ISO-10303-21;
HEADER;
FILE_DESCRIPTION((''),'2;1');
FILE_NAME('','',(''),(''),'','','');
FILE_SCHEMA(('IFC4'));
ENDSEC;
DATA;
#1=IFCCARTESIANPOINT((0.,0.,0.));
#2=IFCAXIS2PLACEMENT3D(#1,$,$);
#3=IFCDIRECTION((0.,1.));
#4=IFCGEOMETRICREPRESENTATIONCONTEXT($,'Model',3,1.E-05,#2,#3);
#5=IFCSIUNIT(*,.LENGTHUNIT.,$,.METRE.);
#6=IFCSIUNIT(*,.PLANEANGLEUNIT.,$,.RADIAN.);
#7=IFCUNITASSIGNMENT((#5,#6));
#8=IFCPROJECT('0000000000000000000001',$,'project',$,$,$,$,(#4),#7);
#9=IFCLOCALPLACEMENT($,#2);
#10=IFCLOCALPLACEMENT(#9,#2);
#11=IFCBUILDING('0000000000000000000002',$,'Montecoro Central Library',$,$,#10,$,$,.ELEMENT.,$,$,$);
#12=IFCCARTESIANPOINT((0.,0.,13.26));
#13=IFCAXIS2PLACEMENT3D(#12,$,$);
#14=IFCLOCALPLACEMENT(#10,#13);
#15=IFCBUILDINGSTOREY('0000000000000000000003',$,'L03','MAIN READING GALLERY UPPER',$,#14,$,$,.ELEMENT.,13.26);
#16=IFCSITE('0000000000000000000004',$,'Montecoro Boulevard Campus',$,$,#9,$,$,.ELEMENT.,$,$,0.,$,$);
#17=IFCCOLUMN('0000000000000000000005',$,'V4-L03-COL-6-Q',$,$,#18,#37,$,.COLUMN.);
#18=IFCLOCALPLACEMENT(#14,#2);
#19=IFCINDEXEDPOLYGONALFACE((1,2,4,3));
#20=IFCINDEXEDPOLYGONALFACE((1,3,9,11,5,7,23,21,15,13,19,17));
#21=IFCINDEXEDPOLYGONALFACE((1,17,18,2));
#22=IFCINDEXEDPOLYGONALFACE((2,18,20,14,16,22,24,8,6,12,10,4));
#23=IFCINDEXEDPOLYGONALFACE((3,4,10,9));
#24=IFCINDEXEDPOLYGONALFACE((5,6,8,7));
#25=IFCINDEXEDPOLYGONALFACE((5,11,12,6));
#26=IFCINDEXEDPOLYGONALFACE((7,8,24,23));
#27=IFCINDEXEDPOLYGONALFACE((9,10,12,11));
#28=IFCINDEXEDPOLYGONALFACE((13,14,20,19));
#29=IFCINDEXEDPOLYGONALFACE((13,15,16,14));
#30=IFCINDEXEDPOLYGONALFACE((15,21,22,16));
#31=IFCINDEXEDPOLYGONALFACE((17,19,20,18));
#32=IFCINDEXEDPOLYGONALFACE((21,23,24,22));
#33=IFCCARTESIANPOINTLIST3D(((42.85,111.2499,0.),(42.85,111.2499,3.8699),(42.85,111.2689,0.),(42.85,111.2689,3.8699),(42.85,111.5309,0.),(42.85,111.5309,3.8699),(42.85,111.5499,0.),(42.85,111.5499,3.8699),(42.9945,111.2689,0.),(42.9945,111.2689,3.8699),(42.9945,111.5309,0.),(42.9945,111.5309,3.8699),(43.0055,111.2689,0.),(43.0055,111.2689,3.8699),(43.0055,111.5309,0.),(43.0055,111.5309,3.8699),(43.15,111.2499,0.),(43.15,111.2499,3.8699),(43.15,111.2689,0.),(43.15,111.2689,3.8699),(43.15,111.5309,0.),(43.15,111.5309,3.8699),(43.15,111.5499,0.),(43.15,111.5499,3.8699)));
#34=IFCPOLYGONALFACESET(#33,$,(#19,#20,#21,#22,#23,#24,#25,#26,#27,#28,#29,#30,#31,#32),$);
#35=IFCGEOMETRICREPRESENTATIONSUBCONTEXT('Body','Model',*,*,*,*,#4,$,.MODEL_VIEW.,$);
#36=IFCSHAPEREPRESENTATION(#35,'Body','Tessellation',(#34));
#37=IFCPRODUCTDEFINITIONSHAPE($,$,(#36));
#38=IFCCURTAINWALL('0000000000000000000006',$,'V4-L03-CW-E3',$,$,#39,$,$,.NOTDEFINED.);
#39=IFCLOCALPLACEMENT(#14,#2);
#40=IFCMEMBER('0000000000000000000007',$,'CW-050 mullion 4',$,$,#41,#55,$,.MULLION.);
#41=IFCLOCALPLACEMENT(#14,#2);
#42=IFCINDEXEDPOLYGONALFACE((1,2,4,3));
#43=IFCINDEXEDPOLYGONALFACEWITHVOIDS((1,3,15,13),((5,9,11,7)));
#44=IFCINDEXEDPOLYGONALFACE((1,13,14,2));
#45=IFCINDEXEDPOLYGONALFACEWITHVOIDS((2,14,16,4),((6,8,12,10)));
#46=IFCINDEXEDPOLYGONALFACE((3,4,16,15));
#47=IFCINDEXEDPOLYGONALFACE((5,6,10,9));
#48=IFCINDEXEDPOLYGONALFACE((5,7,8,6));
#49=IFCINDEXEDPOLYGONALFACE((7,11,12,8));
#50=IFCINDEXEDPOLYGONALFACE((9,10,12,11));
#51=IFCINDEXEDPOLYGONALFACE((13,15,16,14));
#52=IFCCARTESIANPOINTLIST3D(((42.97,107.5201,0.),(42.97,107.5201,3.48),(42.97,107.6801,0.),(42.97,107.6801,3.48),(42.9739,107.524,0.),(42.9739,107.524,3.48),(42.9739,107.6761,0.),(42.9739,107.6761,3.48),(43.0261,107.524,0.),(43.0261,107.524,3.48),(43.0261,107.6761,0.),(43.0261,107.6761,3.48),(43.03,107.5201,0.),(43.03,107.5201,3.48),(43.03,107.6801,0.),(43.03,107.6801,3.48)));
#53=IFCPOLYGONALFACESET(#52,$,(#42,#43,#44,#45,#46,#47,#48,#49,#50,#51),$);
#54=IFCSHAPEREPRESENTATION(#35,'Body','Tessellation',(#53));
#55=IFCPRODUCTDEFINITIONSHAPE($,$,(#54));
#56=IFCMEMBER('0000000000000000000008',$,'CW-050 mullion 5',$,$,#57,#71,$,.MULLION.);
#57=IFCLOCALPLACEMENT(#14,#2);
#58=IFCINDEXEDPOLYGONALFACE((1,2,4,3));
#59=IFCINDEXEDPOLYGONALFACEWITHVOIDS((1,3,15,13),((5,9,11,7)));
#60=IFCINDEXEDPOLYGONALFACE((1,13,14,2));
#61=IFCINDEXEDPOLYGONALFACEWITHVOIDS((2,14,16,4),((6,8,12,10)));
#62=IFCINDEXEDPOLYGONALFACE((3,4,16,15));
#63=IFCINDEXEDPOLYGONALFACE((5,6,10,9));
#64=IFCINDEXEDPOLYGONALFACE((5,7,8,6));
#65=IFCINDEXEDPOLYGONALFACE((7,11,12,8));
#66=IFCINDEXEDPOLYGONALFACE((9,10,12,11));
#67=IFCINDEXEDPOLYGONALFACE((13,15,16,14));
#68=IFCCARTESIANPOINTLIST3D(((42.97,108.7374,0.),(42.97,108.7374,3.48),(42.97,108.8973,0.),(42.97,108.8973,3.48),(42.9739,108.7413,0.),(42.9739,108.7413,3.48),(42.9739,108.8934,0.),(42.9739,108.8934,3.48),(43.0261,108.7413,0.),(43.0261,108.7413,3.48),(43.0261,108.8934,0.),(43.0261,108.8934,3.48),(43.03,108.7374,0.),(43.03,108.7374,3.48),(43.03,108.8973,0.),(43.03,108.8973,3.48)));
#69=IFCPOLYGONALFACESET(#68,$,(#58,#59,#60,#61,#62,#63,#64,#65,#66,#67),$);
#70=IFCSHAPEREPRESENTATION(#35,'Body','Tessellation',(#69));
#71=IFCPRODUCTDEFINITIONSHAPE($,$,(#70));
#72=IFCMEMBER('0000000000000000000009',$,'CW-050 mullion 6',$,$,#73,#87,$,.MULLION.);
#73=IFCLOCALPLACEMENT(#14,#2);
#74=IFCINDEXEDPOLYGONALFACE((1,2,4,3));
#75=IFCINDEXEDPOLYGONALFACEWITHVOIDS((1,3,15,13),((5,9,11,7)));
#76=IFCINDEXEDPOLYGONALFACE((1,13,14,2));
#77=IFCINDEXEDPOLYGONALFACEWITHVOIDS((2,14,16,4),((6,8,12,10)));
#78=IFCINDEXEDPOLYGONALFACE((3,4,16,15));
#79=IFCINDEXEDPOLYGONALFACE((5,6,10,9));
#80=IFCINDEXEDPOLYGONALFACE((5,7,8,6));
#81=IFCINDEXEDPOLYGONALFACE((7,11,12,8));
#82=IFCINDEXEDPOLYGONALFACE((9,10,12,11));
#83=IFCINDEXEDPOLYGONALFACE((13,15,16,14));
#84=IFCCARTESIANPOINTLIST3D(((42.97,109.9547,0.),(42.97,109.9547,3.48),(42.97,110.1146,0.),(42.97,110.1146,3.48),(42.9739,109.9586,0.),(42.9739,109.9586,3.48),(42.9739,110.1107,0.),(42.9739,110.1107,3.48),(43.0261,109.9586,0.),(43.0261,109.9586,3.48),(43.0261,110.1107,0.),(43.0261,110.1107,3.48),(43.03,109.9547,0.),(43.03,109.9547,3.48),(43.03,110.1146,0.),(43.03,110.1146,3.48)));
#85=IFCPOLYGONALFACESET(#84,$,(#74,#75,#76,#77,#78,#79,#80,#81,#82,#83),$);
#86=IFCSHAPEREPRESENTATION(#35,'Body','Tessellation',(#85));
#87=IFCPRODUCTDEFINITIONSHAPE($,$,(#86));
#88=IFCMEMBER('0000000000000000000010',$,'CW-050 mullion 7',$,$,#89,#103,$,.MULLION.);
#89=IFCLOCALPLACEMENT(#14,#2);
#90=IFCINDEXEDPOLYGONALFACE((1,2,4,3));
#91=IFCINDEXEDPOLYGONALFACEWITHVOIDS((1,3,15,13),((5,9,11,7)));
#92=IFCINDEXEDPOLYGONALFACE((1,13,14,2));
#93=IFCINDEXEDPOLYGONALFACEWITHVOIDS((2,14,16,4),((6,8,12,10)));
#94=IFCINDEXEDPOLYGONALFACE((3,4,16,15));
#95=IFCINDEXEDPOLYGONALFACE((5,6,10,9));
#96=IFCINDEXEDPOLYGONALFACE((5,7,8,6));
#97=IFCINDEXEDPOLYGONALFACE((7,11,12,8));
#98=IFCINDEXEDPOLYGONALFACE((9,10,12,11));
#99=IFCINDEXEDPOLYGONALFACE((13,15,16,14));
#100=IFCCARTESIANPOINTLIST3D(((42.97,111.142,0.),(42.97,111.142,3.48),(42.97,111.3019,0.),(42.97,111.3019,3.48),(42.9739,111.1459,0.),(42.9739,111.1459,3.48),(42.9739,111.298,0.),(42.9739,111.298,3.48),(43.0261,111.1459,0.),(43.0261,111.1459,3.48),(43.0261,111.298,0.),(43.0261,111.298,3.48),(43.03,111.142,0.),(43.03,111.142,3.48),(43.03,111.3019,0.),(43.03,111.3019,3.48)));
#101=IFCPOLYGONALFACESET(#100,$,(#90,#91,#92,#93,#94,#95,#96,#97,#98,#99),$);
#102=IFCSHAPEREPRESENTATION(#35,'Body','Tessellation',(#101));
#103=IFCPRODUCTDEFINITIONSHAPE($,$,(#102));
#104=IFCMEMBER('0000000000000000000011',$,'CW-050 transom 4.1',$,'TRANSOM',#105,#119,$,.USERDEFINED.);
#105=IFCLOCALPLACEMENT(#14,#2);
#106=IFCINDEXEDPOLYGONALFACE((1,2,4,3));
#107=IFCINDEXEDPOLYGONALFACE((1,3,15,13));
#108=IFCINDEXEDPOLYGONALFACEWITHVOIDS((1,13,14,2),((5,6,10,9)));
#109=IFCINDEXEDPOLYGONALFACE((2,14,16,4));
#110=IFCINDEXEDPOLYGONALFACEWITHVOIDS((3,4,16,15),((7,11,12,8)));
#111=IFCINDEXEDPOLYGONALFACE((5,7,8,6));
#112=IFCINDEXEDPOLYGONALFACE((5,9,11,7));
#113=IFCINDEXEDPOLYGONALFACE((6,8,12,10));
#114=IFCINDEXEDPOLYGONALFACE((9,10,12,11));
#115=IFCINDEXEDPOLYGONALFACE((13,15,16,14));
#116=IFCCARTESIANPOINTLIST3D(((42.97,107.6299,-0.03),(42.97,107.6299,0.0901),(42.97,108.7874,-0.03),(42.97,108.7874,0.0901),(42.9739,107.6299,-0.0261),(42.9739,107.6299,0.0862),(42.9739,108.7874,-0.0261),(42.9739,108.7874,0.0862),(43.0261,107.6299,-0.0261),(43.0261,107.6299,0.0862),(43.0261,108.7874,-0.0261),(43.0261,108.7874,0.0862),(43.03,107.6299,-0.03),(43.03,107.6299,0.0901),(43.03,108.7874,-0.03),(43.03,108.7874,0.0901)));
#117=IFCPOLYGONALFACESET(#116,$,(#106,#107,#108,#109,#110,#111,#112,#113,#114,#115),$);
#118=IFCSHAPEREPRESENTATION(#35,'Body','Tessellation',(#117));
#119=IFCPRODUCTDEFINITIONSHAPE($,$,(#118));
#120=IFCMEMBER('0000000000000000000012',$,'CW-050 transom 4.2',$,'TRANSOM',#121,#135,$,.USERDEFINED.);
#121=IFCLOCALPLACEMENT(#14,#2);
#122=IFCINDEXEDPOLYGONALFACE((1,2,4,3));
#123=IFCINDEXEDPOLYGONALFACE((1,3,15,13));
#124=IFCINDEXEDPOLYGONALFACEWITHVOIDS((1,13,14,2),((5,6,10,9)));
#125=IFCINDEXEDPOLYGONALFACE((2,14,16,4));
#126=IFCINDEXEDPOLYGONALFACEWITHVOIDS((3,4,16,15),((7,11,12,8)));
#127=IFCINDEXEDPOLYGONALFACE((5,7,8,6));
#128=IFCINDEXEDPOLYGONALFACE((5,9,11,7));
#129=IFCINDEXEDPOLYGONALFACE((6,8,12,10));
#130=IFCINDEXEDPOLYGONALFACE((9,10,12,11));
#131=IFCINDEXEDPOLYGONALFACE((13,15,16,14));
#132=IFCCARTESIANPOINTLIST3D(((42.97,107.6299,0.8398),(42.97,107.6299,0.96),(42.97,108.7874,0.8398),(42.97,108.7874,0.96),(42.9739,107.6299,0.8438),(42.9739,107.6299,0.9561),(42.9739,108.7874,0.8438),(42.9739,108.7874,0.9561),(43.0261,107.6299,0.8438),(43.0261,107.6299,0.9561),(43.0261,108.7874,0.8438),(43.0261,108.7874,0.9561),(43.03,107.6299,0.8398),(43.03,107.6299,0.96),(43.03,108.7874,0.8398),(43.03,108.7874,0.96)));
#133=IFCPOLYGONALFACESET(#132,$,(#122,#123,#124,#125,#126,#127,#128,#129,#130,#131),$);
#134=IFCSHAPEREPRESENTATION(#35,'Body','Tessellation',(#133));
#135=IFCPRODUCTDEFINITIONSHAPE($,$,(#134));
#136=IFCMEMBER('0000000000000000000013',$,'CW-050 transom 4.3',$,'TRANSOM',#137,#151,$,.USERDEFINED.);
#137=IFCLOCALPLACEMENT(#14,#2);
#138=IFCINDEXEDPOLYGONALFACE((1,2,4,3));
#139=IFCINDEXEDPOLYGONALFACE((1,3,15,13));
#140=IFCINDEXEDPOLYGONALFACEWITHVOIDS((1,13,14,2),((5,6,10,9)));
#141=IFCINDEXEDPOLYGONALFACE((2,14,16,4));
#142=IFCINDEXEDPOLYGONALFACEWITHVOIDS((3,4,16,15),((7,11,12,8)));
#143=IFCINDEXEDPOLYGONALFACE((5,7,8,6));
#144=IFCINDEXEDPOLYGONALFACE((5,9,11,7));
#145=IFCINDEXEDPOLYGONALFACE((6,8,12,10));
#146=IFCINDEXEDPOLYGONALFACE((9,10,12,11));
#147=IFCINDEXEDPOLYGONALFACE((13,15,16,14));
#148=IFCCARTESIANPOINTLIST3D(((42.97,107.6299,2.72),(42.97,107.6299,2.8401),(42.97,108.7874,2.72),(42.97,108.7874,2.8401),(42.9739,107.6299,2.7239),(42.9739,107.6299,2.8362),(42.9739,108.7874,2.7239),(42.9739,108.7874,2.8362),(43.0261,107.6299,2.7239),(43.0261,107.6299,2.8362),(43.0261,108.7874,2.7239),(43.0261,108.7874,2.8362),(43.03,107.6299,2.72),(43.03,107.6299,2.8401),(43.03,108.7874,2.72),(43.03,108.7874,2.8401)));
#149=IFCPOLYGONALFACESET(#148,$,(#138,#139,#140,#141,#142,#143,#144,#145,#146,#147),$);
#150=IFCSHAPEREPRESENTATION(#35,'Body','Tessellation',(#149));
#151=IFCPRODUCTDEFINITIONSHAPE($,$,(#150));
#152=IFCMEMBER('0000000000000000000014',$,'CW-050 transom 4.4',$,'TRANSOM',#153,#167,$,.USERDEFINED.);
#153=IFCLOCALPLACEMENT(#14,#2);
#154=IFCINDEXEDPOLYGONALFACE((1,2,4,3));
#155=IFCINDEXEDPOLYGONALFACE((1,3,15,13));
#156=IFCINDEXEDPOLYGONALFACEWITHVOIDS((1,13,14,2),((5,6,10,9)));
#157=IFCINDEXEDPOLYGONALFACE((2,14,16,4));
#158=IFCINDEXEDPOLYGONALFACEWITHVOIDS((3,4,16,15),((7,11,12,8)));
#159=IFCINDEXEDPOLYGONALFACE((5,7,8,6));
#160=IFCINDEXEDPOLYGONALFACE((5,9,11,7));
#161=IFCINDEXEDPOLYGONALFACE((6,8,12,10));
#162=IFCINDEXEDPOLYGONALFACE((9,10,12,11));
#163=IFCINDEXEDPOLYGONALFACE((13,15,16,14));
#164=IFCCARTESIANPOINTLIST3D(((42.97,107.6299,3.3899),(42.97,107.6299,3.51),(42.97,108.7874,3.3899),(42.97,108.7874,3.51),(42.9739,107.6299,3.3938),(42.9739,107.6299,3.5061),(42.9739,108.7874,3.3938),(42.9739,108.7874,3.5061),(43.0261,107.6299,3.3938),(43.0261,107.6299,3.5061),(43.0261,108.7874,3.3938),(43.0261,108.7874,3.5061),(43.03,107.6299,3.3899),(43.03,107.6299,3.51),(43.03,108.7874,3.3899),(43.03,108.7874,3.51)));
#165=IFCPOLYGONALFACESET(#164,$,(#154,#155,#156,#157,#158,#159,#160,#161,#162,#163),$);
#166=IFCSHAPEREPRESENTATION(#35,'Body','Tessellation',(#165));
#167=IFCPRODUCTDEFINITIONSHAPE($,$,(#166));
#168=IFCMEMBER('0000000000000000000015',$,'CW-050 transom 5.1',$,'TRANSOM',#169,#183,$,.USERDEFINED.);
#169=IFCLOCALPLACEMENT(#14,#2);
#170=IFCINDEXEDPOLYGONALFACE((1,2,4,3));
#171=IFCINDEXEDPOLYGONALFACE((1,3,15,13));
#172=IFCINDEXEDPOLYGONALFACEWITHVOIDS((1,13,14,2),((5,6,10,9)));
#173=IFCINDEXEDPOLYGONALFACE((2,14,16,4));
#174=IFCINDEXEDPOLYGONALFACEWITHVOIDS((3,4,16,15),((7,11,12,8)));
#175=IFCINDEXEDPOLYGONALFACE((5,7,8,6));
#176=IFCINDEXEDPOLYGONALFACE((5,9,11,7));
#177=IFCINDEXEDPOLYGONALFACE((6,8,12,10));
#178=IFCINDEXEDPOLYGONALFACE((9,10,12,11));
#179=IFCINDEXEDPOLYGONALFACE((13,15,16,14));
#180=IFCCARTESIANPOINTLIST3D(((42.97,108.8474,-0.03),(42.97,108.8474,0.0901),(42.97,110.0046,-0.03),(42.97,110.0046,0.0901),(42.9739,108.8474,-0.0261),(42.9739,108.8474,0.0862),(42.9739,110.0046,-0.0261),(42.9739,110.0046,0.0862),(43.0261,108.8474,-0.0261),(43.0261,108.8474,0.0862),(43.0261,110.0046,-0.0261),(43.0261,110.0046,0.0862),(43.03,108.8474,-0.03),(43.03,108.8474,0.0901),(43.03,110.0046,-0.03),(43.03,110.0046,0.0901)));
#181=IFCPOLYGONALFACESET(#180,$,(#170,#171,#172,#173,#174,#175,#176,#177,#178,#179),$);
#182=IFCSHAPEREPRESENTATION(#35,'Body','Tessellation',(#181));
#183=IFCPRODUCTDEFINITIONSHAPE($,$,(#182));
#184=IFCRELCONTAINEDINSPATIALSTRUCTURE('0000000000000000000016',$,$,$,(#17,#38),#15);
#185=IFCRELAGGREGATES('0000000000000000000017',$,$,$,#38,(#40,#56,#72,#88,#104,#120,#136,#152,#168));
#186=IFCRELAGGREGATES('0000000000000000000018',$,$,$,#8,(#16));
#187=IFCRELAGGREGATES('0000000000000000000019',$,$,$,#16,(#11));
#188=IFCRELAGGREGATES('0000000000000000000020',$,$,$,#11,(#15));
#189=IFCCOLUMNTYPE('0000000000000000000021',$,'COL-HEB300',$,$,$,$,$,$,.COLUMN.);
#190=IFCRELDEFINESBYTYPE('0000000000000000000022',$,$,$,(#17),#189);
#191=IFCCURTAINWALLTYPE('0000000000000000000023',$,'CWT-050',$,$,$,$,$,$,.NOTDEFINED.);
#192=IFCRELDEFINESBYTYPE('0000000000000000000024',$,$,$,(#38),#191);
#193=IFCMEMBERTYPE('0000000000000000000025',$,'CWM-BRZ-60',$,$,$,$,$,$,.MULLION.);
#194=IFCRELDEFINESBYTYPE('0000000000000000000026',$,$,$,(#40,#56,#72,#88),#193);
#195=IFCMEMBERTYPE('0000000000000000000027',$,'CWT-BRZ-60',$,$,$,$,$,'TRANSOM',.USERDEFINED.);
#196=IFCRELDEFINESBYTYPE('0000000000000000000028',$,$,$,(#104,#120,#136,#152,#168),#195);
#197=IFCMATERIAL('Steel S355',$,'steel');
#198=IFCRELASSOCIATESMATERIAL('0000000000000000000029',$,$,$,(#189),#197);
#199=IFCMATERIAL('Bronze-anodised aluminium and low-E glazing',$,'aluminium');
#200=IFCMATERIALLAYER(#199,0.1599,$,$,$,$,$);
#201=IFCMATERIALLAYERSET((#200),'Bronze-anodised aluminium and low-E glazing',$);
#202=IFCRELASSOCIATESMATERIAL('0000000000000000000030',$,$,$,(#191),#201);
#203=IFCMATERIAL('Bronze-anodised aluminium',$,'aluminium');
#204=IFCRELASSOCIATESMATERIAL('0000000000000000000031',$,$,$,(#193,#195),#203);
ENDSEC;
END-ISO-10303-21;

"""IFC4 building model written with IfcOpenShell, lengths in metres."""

from ifc_helpers import new_model, si_unit, direction, frame, origin, origin_2d, place, context, subcontext, project, spatial, hollow_rectangle, i_section, extrude, material, layer, layer_set, material_profile, profile_set, type_object, element, aggregate, save


model = new_model("IFC4")

# Units and contexts
model_context = context("Model", 3, precision=1e-05, world=origin(), true_north=direction((0.0, 1.0)))
body_context = subcontext(model_context, "Body", "Model", "MODEL_VIEW")
ifc_project = project(units=[si_unit("LENGTHUNIT", "METRE"), si_unit("PLANEANGLEUNIT", "RADIAN")], contexts=[model_context])

# Site, building, storey
site_placement = place(None, origin())
site = spatial("IfcSite", under=ifc_project, at=site_placement, Name="Montecoro Boulevard Campus", CompositionType="ELEMENT", RefElevation=0.0)
building_placement = place(site_placement, origin())
building = spatial("IfcBuilding", under=site, at=building_placement, Name="Montecoro Central Library", CompositionType="ELEMENT")
storey_placement = place(building_placement, frame((0.0, 0.0, 13.26)))
storey = spatial("IfcBuildingStorey", under=building, at=storey_placement, Name="L03", Description="MAIN READING GALLERY UPPER", CompositionType="ELEMENT", Elevation=13.26)

# Column
ifc_material_1 = material(Name="Steel S355", Category="steel")
ifc_material_profile_1 = material_profile(ifc_material_1, i_section(OverallWidth=0.3, OverallDepth=0.3, WebThickness=0.011, FlangeThickness=0.019, at=origin_2d()), Name="HEB 300")
ifc_profile_set_1 = profile_set([ifc_material_profile_1], Name="Steel S355")
column_type = type_object("IfcColumnType", Name="COL-HEB300", PredefinedType="COLUMN", material=ifc_profile_set_1)
column_placement = place(storey_placement, frame((43.0, 111.3999, 0.0), z_axis=(0.0, 0.0, 1.0), x_axis=(1.0, 0.0, 0.0)))
element("IfcColumn", 1, at=column_placement, inside=storey, type_object=column_type, Name="V4-L03-COL-6-Q", PredefinedType="COLUMN", context=body_context, shape_type="SweptSolid", body=[
    extrude(i_section(OverallWidth=0.3, OverallDepth=0.3, WebThickness=0.011, FlangeThickness=0.019, at=origin_2d()), origin(), (0.0, 0.0, 1.0), 3.8699),
])

# Curtain wall, members
ifc_material_2 = material(Name="Bronze-anodised aluminium and low-E glazing", Category="aluminium")
ifc_layer_1 = layer(ifc_material_2, 0.1599)
ifc_layer_set_1 = layer_set([ifc_layer_1], Name="Bronze-anodised aluminium and low-E glazing")
curtain_wall_type = type_object("IfcCurtainWallType", Name="CWT-050", PredefinedType="NOTDEFINED", material=ifc_layer_set_1)
curtain_wall_placement = place(storey_placement, origin())
curtain_wall = element("IfcCurtainWall", 2, at=curtain_wall_placement, inside=storey, type_object=curtain_wall_type, Name="V4-L03-CW-E3", PredefinedType="NOTDEFINED")
ifc_material_3 = material(Name="Bronze-anodised aluminium", Category="aluminium")
ifc_material_profile_2 = material_profile(ifc_material_3, hollow_rectangle(XDim=0.0601, YDim=0.1599, WallThickness=0.0039, at=origin_2d()), Name="CWM 160x60x4.0")
ifc_profile_set_2 = profile_set([ifc_material_profile_2], Name="Bronze-anodised aluminium")
member_type_1 = type_object("IfcMemberType", Name="CWM-BRZ-60", PredefinedType="MULLION", material=ifc_profile_set_2)
member_1_placement = place(storey_placement, frame((43.0, 107.6001, 0.0), z_axis=(0.0, 0.0, 1.0), x_axis=(-1.0, 0.0, 0.0)))
member_1 = element("IfcMember", 3, at=member_1_placement, type_object=member_type_1, Name="CW-050 mullion 4", PredefinedType="MULLION", context=body_context, shape_type="SweptSolid", body=[
    extrude(hollow_rectangle(XDim=0.0601, YDim=0.1599, WallThickness=0.0039, at=origin_2d()), origin(), (0.0, 0.0, 1.0), 3.48),
])
member_2_placement = place(storey_placement, frame((43.0, 108.8174, 0.0), z_axis=(0.0, 0.0, 1.0), x_axis=(-1.0, 0.0, 0.0)))
member_2 = element("IfcMember", 4, at=member_2_placement, type_object=member_type_1, Name="CW-050 mullion 5", PredefinedType="MULLION", context=body_context, shape_type="SweptSolid", body=[
    extrude(hollow_rectangle(XDim=0.0601, YDim=0.1599, WallThickness=0.0039, at=origin_2d()), origin(), (0.0, 0.0, 1.0), 3.48),
])
member_3_placement = place(storey_placement, frame((43.0, 110.0347, 0.0), z_axis=(0.0, 0.0, 1.0), x_axis=(-1.0, 0.0, 0.0)))
member_3 = element("IfcMember", 5, at=member_3_placement, type_object=member_type_1, Name="CW-050 mullion 6", PredefinedType="MULLION", context=body_context, shape_type="SweptSolid", body=[
    extrude(hollow_rectangle(XDim=0.0601, YDim=0.1599, WallThickness=0.0039, at=origin_2d()), origin(), (0.0, 0.0, 1.0), 3.48),
])
member_4_placement = place(storey_placement, frame((43.0, 111.2219, 0.0), z_axis=(0.0, 0.0, 1.0), x_axis=(-1.0, 0.0, 0.0)))
member_4 = element("IfcMember", 6, at=member_4_placement, type_object=member_type_1, Name="CW-050 mullion 7", PredefinedType="MULLION", context=body_context, shape_type="SweptSolid", body=[
    extrude(hollow_rectangle(XDim=0.0601, YDim=0.1599, WallThickness=0.0039, at=origin_2d()), origin(), (0.0, 0.0, 1.0), 3.48),
])
ifc_material_profile_3 = material_profile(ifc_material_3, hollow_rectangle(XDim=0.0601, YDim=0.1201, WallThickness=0.0039, at=origin_2d()), Name="CWT 120x60x4.0")
ifc_profile_set_3 = profile_set([ifc_material_profile_3], Name="Bronze-anodised aluminium")
member_type_2 = type_object("IfcMemberType", Name="CWT-BRZ-60", ElementType="TRANSOM", PredefinedType="USERDEFINED", material=ifc_profile_set_3)
member_5_placement = place(storey_placement, frame((43.0, 107.6299, 0.03), z_axis=(0.0, 1.0, 0.0), x_axis=(-1.0, 0.0, 0.0)))
member_5 = element("IfcMember", 7, at=member_5_placement, type_object=member_type_2, Name="CW-050 transom 4.1", ObjectType="TRANSOM", PredefinedType="USERDEFINED", context=body_context, shape_type="SweptSolid", body=[
    extrude(hollow_rectangle(XDim=0.0601, YDim=0.1201, WallThickness=0.0039, at=origin_2d()), origin(), (0.0, 0.0, 1.0), 1.1575),
])
member_6_placement = place(storey_placement, frame((43.0, 107.6299, 0.8999), z_axis=(0.0, 1.0, 0.0), x_axis=(-1.0, 0.0, 0.0)))
member_6 = element("IfcMember", 8, at=member_6_placement, type_object=member_type_2, Name="CW-050 transom 4.2", ObjectType="TRANSOM", PredefinedType="USERDEFINED", context=body_context, shape_type="SweptSolid", body=[
    extrude(hollow_rectangle(XDim=0.0601, YDim=0.1201, WallThickness=0.0039, at=origin_2d()), origin(), (0.0, 0.0, 1.0), 1.1575),
])
member_7_placement = place(storey_placement, frame((43.0, 107.6299, 2.78), z_axis=(0.0, 1.0, 0.0), x_axis=(-1.0, 0.0, 0.0)))
member_7 = element("IfcMember", 9, at=member_7_placement, type_object=member_type_2, Name="CW-050 transom 4.3", ObjectType="TRANSOM", PredefinedType="USERDEFINED", context=body_context, shape_type="SweptSolid", body=[
    extrude(hollow_rectangle(XDim=0.0601, YDim=0.1201, WallThickness=0.0039, at=origin_2d()), origin(), (0.0, 0.0, 1.0), 1.1575),
])
member_8_placement = place(storey_placement, frame((43.0, 107.6299, 3.45), z_axis=(0.0, 1.0, 0.0), x_axis=(-1.0, 0.0, 0.0)))
member_8 = element("IfcMember", 10, at=member_8_placement, type_object=member_type_2, Name="CW-050 transom 4.4", ObjectType="TRANSOM", PredefinedType="USERDEFINED", context=body_context, shape_type="SweptSolid", body=[
    extrude(hollow_rectangle(XDim=0.0601, YDim=0.1201, WallThickness=0.0039, at=origin_2d()), origin(), (0.0, 0.0, 1.0), 1.1575),
])
member_9_placement = place(storey_placement, frame((43.0, 108.8474, 0.03), z_axis=(0.0, 1.0, 0.0), x_axis=(-1.0, 0.0, 0.0)))
member_9 = element("IfcMember", 11, at=member_9_placement, type_object=member_type_2, Name="CW-050 transom 5.1", ObjectType="TRANSOM", PredefinedType="USERDEFINED", context=body_context, shape_type="SweptSolid", body=[
    extrude(hollow_rectangle(XDim=0.0601, YDim=0.1201, WallThickness=0.0039, at=origin_2d()), origin(), (0.0, 0.0, 1.0), 1.1572),
])
aggregate(curtain_wall, [member_1, member_2, member_3, member_4, member_5, member_6, member_7, member_8, member_9])

save(model, "model.ifc")
